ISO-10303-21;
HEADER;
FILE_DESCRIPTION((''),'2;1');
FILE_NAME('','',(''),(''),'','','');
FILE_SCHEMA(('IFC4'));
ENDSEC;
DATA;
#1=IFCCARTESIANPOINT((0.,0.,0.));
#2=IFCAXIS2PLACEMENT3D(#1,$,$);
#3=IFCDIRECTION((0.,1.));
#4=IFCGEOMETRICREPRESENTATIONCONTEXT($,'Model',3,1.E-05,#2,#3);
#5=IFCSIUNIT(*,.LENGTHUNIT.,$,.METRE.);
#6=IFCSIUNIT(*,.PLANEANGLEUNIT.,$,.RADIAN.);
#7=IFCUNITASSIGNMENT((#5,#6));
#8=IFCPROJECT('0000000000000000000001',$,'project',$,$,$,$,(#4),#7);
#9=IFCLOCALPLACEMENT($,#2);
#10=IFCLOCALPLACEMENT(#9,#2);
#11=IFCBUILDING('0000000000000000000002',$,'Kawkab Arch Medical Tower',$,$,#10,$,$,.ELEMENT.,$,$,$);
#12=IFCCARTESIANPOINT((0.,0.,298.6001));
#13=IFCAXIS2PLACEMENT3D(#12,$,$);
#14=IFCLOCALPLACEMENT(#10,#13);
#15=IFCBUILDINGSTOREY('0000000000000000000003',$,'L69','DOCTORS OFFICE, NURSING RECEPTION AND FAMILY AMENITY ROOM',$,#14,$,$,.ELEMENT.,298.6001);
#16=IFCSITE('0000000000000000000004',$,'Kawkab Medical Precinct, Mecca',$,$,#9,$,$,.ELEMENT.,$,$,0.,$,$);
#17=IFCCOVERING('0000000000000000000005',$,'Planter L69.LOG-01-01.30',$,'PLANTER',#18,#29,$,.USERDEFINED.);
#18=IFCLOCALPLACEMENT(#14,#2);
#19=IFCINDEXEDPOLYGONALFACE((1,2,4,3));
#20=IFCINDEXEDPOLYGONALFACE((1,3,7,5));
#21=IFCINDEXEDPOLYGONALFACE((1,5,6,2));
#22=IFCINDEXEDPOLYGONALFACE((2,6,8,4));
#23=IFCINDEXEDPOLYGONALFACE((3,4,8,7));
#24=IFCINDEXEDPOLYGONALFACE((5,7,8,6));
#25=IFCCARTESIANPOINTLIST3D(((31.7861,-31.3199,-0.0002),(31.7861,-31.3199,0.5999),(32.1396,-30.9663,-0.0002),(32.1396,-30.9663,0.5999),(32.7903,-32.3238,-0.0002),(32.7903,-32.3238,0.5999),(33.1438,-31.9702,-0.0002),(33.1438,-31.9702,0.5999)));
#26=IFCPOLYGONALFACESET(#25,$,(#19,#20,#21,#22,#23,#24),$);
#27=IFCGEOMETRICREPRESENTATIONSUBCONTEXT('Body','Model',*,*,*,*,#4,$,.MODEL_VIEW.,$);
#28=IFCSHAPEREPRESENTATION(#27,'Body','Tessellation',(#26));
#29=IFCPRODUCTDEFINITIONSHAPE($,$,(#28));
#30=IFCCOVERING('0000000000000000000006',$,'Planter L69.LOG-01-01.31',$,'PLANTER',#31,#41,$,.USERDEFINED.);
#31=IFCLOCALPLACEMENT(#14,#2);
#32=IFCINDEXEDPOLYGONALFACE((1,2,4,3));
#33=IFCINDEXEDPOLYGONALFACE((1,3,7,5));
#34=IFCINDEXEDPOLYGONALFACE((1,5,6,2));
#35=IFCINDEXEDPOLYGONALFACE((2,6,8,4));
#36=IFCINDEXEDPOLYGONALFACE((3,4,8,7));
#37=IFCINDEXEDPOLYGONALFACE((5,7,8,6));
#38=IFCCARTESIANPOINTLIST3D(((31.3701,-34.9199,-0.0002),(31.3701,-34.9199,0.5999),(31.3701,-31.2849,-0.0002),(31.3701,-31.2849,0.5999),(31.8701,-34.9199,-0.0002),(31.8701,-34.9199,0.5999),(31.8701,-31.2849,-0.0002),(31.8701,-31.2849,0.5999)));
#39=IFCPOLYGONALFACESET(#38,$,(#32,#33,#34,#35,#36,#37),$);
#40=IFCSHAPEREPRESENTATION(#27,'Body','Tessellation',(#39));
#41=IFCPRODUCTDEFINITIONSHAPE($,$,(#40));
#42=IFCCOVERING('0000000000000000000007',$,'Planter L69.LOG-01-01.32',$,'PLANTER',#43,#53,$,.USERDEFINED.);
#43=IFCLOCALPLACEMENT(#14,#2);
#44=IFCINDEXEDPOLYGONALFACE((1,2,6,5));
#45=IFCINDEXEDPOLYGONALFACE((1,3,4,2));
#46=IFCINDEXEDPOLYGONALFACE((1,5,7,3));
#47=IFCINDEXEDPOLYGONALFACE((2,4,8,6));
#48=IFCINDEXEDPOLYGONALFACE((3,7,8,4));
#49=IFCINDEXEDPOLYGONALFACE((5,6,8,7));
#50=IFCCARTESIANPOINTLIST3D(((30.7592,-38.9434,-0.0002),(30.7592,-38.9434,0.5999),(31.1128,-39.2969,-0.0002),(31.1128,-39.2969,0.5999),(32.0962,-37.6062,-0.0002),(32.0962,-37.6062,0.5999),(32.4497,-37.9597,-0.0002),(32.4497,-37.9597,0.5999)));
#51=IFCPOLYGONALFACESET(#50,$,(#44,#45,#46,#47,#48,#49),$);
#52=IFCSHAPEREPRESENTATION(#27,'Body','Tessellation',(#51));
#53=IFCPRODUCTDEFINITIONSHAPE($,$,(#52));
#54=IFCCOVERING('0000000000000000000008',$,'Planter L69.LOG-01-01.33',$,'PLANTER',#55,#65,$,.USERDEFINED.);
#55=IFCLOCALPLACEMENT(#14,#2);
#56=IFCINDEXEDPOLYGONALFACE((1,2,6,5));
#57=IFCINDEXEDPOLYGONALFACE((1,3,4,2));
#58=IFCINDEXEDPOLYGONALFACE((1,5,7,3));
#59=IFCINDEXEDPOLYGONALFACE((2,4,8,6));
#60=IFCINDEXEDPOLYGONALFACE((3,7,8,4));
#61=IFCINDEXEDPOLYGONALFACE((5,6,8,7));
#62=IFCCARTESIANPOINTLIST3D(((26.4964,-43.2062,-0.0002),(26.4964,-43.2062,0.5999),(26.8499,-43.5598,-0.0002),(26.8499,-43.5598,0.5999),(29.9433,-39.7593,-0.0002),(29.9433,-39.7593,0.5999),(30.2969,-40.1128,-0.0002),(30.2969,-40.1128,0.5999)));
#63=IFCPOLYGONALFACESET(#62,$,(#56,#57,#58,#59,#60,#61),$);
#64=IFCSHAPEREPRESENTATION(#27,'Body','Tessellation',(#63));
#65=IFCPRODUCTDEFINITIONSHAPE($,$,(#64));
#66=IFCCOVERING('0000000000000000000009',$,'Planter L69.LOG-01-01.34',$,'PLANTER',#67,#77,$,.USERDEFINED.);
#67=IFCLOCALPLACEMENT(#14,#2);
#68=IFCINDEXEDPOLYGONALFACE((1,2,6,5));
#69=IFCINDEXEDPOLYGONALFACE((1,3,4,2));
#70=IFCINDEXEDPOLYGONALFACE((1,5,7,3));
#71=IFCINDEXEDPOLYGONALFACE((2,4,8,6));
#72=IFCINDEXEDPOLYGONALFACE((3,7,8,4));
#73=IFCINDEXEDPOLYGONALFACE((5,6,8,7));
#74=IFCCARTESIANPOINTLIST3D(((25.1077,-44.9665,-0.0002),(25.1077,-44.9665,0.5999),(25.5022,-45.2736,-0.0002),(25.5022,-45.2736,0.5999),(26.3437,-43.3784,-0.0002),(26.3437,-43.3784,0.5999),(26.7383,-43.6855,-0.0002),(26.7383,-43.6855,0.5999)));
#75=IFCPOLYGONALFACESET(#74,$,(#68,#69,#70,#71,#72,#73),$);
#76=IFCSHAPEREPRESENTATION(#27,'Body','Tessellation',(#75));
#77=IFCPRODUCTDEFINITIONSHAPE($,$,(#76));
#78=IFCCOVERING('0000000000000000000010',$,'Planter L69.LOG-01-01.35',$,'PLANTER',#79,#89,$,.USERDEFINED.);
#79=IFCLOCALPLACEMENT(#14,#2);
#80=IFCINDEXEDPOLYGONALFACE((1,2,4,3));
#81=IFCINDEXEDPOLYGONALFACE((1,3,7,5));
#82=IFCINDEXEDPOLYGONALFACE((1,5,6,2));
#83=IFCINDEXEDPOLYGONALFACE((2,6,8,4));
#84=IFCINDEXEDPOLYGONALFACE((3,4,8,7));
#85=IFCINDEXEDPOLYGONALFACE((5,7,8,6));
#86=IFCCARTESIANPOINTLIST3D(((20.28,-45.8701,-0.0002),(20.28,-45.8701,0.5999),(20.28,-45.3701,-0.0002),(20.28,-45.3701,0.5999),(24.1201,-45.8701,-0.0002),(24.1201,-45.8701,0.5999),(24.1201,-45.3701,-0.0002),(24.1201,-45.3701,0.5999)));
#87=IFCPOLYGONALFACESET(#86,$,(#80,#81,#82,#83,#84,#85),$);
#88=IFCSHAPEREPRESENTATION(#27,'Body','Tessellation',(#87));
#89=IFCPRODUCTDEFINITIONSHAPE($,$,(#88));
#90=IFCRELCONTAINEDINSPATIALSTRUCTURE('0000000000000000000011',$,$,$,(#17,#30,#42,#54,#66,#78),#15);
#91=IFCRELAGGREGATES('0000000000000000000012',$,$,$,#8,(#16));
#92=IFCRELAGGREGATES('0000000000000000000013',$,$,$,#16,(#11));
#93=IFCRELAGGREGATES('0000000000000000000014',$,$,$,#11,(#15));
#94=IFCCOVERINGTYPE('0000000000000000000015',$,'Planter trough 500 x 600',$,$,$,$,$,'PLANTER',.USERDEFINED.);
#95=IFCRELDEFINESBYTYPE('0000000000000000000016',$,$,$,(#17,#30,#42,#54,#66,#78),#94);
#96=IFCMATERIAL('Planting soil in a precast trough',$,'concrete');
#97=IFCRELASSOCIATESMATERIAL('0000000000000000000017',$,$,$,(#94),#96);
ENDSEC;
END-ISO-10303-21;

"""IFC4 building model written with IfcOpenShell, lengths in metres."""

from ifc_helpers import new_model, si_unit, direction, frame, origin, origin_2d, place, context, subcontext, project, spatial, rectangle, extrude, material, material_profile, profile_set, type_object, element, save


model = new_model("IFC4")

# Units and contexts
model_context = context("Model", 3, precision=1e-05, world=origin(), true_north=direction((0.0, 1.0)))
body_context = subcontext(model_context, "Body", "Model", "MODEL_VIEW")
ifc_project = project(units=[si_unit("LENGTHUNIT", "METRE"), si_unit("PLANEANGLEUNIT", "RADIAN")], contexts=[model_context])

# Site, building, storey
site_placement = place(None, origin())
site = spatial("IfcSite", under=ifc_project, at=site_placement, Name="Kawkab Medical Precinct, Mecca", CompositionType="ELEMENT", RefElevation=0.0)
building_placement = place(site_placement, origin())
building = spatial("IfcBuilding", under=site, at=building_placement, Name="Kawkab Arch Medical Tower", CompositionType="ELEMENT")
storey_placement = place(building_placement, frame((0.0, 0.0, 298.6001)))
storey = spatial("IfcBuildingStorey", under=building, at=storey_placement, Name="L69", Description="DOCTORS OFFICE, NURSING RECEPTION AND FAMILY AMENITY ROOM", CompositionType="ELEMENT", Elevation=298.6001)

# Coverings
ifc_material_1 = material(Name="Planting soil in a precast trough", Category="concrete")
ifc_material_profile_1 = material_profile(ifc_material_1, rectangle(XDim=0.5, YDim=0.6001, at=origin_2d()), Name="Trough 500x600")
ifc_profile_set_1 = profile_set([ifc_material_profile_1], Name="Planting soil in a precast trough")
covering_type_1 = type_object("IfcCoveringType", Name="Planter trough 500 x 600", ElementType="PLANTER", PredefinedType="USERDEFINED", material=ifc_profile_set_1)
covering_1_placement = place(storey_placement, frame((32.967, -32.147, 0.2998), z_axis=(-0.707193, 0.707021, 0.0), x_axis=(-0.707021, -0.707193, 0.0)))
element("IfcCovering", 1, at=covering_1_placement, inside=storey, type_object=covering_type_1, Name="Planter L69.LOG-01-01.30", ObjectType="PLANTER", PredefinedType="USERDEFINED", context=body_context, shape_type="SweptSolid", body=[
    extrude(rectangle(XDim=0.5, YDim=0.6001, at=origin_2d()), origin(), (0.0, 0.0, 1.0), 1.4199),
])
covering_2_placement = place(storey_placement, frame((31.6201, -31.2849, 0.2998), z_axis=(0.0, -1.0, 0.0), x_axis=(1.0, 0.0, 0.0)))
element("IfcCovering", 2, at=covering_2_placement, inside=storey, type_object=covering_type_1, Name="Planter L69.LOG-01-01.31", ObjectType="PLANTER", PredefinedType="USERDEFINED", context=body_context, shape_type="SweptSolid", body=[
    extrude(rectangle(XDim=0.5, YDim=0.6001, at=origin_2d()), origin(), (0.0, 0.0, 1.0), 3.635),
])
covering_3_placement = place(storey_placement, frame((32.2729, -37.783, 0.2998), z_axis=(-0.707042, -0.707171, 0.0), x_axis=(0.707171, -0.707042, 0.0)))
element("IfcCovering", 3, at=covering_3_placement, inside=storey, type_object=covering_type_1, Name="Planter L69.LOG-01-01.32", ObjectType="PLANTER", PredefinedType="USERDEFINED", context=body_context, shape_type="SweptSolid", body=[
    extrude(rectangle(XDim=0.5, YDim=0.6001, at=origin_2d()), origin(), (0.0, 0.0, 1.0), 1.8909),
])
covering_4_placement = place(storey_placement, frame((30.1201, -39.936, 0.2998), z_axis=(-0.707107, -0.707107, 0.0), x_axis=(0.707107, -0.707107, 0.0)))
element("IfcCovering", 4, at=covering_4_placement, inside=storey, type_object=covering_type_1, Name="Planter L69.LOG-01-01.33", ObjectType="PLANTER", PredefinedType="USERDEFINED", context=body_context, shape_type="SweptSolid", body=[
    extrude(rectangle(XDim=0.5, YDim=0.6001, at=origin_2d()), origin(), (0.0, 0.0, 1.0), 4.8748),
])
covering_5_placement = place(storey_placement, frame((26.541, -43.532, 0.2998), z_axis=(-0.614209, -0.789143, 0.0), x_axis=(0.789143, -0.614209, 0.0)))
element("IfcCovering", 5, at=covering_5_placement, inside=storey, type_object=covering_type_1, Name="Planter L69.LOG-01-01.34", ObjectType="PLANTER", PredefinedType="USERDEFINED", context=body_context, shape_type="SweptSolid", body=[
    extrude(rectangle(XDim=0.5, YDim=0.6001, at=origin_2d()), origin(), (0.0, 0.0, 1.0), 2.0125),
])
covering_6_placement = place(storey_placement, frame((24.1201, -45.6201, 0.2998), z_axis=(-1.0, 0.0, 0.0), x_axis=(0.0, -1.0, 0.0)))
element("IfcCovering", 6, at=covering_6_placement, inside=storey, type_object=covering_type_1, Name="Planter L69.LOG-01-01.35", ObjectType="PLANTER", PredefinedType="USERDEFINED", context=body_context, shape_type="SweptSolid", body=[
    extrude(rectangle(XDim=0.5, YDim=0.6001, at=origin_2d()), origin(), (0.0, 0.0, 1.0), 3.8401),
])

save(model, "model.ifc")
